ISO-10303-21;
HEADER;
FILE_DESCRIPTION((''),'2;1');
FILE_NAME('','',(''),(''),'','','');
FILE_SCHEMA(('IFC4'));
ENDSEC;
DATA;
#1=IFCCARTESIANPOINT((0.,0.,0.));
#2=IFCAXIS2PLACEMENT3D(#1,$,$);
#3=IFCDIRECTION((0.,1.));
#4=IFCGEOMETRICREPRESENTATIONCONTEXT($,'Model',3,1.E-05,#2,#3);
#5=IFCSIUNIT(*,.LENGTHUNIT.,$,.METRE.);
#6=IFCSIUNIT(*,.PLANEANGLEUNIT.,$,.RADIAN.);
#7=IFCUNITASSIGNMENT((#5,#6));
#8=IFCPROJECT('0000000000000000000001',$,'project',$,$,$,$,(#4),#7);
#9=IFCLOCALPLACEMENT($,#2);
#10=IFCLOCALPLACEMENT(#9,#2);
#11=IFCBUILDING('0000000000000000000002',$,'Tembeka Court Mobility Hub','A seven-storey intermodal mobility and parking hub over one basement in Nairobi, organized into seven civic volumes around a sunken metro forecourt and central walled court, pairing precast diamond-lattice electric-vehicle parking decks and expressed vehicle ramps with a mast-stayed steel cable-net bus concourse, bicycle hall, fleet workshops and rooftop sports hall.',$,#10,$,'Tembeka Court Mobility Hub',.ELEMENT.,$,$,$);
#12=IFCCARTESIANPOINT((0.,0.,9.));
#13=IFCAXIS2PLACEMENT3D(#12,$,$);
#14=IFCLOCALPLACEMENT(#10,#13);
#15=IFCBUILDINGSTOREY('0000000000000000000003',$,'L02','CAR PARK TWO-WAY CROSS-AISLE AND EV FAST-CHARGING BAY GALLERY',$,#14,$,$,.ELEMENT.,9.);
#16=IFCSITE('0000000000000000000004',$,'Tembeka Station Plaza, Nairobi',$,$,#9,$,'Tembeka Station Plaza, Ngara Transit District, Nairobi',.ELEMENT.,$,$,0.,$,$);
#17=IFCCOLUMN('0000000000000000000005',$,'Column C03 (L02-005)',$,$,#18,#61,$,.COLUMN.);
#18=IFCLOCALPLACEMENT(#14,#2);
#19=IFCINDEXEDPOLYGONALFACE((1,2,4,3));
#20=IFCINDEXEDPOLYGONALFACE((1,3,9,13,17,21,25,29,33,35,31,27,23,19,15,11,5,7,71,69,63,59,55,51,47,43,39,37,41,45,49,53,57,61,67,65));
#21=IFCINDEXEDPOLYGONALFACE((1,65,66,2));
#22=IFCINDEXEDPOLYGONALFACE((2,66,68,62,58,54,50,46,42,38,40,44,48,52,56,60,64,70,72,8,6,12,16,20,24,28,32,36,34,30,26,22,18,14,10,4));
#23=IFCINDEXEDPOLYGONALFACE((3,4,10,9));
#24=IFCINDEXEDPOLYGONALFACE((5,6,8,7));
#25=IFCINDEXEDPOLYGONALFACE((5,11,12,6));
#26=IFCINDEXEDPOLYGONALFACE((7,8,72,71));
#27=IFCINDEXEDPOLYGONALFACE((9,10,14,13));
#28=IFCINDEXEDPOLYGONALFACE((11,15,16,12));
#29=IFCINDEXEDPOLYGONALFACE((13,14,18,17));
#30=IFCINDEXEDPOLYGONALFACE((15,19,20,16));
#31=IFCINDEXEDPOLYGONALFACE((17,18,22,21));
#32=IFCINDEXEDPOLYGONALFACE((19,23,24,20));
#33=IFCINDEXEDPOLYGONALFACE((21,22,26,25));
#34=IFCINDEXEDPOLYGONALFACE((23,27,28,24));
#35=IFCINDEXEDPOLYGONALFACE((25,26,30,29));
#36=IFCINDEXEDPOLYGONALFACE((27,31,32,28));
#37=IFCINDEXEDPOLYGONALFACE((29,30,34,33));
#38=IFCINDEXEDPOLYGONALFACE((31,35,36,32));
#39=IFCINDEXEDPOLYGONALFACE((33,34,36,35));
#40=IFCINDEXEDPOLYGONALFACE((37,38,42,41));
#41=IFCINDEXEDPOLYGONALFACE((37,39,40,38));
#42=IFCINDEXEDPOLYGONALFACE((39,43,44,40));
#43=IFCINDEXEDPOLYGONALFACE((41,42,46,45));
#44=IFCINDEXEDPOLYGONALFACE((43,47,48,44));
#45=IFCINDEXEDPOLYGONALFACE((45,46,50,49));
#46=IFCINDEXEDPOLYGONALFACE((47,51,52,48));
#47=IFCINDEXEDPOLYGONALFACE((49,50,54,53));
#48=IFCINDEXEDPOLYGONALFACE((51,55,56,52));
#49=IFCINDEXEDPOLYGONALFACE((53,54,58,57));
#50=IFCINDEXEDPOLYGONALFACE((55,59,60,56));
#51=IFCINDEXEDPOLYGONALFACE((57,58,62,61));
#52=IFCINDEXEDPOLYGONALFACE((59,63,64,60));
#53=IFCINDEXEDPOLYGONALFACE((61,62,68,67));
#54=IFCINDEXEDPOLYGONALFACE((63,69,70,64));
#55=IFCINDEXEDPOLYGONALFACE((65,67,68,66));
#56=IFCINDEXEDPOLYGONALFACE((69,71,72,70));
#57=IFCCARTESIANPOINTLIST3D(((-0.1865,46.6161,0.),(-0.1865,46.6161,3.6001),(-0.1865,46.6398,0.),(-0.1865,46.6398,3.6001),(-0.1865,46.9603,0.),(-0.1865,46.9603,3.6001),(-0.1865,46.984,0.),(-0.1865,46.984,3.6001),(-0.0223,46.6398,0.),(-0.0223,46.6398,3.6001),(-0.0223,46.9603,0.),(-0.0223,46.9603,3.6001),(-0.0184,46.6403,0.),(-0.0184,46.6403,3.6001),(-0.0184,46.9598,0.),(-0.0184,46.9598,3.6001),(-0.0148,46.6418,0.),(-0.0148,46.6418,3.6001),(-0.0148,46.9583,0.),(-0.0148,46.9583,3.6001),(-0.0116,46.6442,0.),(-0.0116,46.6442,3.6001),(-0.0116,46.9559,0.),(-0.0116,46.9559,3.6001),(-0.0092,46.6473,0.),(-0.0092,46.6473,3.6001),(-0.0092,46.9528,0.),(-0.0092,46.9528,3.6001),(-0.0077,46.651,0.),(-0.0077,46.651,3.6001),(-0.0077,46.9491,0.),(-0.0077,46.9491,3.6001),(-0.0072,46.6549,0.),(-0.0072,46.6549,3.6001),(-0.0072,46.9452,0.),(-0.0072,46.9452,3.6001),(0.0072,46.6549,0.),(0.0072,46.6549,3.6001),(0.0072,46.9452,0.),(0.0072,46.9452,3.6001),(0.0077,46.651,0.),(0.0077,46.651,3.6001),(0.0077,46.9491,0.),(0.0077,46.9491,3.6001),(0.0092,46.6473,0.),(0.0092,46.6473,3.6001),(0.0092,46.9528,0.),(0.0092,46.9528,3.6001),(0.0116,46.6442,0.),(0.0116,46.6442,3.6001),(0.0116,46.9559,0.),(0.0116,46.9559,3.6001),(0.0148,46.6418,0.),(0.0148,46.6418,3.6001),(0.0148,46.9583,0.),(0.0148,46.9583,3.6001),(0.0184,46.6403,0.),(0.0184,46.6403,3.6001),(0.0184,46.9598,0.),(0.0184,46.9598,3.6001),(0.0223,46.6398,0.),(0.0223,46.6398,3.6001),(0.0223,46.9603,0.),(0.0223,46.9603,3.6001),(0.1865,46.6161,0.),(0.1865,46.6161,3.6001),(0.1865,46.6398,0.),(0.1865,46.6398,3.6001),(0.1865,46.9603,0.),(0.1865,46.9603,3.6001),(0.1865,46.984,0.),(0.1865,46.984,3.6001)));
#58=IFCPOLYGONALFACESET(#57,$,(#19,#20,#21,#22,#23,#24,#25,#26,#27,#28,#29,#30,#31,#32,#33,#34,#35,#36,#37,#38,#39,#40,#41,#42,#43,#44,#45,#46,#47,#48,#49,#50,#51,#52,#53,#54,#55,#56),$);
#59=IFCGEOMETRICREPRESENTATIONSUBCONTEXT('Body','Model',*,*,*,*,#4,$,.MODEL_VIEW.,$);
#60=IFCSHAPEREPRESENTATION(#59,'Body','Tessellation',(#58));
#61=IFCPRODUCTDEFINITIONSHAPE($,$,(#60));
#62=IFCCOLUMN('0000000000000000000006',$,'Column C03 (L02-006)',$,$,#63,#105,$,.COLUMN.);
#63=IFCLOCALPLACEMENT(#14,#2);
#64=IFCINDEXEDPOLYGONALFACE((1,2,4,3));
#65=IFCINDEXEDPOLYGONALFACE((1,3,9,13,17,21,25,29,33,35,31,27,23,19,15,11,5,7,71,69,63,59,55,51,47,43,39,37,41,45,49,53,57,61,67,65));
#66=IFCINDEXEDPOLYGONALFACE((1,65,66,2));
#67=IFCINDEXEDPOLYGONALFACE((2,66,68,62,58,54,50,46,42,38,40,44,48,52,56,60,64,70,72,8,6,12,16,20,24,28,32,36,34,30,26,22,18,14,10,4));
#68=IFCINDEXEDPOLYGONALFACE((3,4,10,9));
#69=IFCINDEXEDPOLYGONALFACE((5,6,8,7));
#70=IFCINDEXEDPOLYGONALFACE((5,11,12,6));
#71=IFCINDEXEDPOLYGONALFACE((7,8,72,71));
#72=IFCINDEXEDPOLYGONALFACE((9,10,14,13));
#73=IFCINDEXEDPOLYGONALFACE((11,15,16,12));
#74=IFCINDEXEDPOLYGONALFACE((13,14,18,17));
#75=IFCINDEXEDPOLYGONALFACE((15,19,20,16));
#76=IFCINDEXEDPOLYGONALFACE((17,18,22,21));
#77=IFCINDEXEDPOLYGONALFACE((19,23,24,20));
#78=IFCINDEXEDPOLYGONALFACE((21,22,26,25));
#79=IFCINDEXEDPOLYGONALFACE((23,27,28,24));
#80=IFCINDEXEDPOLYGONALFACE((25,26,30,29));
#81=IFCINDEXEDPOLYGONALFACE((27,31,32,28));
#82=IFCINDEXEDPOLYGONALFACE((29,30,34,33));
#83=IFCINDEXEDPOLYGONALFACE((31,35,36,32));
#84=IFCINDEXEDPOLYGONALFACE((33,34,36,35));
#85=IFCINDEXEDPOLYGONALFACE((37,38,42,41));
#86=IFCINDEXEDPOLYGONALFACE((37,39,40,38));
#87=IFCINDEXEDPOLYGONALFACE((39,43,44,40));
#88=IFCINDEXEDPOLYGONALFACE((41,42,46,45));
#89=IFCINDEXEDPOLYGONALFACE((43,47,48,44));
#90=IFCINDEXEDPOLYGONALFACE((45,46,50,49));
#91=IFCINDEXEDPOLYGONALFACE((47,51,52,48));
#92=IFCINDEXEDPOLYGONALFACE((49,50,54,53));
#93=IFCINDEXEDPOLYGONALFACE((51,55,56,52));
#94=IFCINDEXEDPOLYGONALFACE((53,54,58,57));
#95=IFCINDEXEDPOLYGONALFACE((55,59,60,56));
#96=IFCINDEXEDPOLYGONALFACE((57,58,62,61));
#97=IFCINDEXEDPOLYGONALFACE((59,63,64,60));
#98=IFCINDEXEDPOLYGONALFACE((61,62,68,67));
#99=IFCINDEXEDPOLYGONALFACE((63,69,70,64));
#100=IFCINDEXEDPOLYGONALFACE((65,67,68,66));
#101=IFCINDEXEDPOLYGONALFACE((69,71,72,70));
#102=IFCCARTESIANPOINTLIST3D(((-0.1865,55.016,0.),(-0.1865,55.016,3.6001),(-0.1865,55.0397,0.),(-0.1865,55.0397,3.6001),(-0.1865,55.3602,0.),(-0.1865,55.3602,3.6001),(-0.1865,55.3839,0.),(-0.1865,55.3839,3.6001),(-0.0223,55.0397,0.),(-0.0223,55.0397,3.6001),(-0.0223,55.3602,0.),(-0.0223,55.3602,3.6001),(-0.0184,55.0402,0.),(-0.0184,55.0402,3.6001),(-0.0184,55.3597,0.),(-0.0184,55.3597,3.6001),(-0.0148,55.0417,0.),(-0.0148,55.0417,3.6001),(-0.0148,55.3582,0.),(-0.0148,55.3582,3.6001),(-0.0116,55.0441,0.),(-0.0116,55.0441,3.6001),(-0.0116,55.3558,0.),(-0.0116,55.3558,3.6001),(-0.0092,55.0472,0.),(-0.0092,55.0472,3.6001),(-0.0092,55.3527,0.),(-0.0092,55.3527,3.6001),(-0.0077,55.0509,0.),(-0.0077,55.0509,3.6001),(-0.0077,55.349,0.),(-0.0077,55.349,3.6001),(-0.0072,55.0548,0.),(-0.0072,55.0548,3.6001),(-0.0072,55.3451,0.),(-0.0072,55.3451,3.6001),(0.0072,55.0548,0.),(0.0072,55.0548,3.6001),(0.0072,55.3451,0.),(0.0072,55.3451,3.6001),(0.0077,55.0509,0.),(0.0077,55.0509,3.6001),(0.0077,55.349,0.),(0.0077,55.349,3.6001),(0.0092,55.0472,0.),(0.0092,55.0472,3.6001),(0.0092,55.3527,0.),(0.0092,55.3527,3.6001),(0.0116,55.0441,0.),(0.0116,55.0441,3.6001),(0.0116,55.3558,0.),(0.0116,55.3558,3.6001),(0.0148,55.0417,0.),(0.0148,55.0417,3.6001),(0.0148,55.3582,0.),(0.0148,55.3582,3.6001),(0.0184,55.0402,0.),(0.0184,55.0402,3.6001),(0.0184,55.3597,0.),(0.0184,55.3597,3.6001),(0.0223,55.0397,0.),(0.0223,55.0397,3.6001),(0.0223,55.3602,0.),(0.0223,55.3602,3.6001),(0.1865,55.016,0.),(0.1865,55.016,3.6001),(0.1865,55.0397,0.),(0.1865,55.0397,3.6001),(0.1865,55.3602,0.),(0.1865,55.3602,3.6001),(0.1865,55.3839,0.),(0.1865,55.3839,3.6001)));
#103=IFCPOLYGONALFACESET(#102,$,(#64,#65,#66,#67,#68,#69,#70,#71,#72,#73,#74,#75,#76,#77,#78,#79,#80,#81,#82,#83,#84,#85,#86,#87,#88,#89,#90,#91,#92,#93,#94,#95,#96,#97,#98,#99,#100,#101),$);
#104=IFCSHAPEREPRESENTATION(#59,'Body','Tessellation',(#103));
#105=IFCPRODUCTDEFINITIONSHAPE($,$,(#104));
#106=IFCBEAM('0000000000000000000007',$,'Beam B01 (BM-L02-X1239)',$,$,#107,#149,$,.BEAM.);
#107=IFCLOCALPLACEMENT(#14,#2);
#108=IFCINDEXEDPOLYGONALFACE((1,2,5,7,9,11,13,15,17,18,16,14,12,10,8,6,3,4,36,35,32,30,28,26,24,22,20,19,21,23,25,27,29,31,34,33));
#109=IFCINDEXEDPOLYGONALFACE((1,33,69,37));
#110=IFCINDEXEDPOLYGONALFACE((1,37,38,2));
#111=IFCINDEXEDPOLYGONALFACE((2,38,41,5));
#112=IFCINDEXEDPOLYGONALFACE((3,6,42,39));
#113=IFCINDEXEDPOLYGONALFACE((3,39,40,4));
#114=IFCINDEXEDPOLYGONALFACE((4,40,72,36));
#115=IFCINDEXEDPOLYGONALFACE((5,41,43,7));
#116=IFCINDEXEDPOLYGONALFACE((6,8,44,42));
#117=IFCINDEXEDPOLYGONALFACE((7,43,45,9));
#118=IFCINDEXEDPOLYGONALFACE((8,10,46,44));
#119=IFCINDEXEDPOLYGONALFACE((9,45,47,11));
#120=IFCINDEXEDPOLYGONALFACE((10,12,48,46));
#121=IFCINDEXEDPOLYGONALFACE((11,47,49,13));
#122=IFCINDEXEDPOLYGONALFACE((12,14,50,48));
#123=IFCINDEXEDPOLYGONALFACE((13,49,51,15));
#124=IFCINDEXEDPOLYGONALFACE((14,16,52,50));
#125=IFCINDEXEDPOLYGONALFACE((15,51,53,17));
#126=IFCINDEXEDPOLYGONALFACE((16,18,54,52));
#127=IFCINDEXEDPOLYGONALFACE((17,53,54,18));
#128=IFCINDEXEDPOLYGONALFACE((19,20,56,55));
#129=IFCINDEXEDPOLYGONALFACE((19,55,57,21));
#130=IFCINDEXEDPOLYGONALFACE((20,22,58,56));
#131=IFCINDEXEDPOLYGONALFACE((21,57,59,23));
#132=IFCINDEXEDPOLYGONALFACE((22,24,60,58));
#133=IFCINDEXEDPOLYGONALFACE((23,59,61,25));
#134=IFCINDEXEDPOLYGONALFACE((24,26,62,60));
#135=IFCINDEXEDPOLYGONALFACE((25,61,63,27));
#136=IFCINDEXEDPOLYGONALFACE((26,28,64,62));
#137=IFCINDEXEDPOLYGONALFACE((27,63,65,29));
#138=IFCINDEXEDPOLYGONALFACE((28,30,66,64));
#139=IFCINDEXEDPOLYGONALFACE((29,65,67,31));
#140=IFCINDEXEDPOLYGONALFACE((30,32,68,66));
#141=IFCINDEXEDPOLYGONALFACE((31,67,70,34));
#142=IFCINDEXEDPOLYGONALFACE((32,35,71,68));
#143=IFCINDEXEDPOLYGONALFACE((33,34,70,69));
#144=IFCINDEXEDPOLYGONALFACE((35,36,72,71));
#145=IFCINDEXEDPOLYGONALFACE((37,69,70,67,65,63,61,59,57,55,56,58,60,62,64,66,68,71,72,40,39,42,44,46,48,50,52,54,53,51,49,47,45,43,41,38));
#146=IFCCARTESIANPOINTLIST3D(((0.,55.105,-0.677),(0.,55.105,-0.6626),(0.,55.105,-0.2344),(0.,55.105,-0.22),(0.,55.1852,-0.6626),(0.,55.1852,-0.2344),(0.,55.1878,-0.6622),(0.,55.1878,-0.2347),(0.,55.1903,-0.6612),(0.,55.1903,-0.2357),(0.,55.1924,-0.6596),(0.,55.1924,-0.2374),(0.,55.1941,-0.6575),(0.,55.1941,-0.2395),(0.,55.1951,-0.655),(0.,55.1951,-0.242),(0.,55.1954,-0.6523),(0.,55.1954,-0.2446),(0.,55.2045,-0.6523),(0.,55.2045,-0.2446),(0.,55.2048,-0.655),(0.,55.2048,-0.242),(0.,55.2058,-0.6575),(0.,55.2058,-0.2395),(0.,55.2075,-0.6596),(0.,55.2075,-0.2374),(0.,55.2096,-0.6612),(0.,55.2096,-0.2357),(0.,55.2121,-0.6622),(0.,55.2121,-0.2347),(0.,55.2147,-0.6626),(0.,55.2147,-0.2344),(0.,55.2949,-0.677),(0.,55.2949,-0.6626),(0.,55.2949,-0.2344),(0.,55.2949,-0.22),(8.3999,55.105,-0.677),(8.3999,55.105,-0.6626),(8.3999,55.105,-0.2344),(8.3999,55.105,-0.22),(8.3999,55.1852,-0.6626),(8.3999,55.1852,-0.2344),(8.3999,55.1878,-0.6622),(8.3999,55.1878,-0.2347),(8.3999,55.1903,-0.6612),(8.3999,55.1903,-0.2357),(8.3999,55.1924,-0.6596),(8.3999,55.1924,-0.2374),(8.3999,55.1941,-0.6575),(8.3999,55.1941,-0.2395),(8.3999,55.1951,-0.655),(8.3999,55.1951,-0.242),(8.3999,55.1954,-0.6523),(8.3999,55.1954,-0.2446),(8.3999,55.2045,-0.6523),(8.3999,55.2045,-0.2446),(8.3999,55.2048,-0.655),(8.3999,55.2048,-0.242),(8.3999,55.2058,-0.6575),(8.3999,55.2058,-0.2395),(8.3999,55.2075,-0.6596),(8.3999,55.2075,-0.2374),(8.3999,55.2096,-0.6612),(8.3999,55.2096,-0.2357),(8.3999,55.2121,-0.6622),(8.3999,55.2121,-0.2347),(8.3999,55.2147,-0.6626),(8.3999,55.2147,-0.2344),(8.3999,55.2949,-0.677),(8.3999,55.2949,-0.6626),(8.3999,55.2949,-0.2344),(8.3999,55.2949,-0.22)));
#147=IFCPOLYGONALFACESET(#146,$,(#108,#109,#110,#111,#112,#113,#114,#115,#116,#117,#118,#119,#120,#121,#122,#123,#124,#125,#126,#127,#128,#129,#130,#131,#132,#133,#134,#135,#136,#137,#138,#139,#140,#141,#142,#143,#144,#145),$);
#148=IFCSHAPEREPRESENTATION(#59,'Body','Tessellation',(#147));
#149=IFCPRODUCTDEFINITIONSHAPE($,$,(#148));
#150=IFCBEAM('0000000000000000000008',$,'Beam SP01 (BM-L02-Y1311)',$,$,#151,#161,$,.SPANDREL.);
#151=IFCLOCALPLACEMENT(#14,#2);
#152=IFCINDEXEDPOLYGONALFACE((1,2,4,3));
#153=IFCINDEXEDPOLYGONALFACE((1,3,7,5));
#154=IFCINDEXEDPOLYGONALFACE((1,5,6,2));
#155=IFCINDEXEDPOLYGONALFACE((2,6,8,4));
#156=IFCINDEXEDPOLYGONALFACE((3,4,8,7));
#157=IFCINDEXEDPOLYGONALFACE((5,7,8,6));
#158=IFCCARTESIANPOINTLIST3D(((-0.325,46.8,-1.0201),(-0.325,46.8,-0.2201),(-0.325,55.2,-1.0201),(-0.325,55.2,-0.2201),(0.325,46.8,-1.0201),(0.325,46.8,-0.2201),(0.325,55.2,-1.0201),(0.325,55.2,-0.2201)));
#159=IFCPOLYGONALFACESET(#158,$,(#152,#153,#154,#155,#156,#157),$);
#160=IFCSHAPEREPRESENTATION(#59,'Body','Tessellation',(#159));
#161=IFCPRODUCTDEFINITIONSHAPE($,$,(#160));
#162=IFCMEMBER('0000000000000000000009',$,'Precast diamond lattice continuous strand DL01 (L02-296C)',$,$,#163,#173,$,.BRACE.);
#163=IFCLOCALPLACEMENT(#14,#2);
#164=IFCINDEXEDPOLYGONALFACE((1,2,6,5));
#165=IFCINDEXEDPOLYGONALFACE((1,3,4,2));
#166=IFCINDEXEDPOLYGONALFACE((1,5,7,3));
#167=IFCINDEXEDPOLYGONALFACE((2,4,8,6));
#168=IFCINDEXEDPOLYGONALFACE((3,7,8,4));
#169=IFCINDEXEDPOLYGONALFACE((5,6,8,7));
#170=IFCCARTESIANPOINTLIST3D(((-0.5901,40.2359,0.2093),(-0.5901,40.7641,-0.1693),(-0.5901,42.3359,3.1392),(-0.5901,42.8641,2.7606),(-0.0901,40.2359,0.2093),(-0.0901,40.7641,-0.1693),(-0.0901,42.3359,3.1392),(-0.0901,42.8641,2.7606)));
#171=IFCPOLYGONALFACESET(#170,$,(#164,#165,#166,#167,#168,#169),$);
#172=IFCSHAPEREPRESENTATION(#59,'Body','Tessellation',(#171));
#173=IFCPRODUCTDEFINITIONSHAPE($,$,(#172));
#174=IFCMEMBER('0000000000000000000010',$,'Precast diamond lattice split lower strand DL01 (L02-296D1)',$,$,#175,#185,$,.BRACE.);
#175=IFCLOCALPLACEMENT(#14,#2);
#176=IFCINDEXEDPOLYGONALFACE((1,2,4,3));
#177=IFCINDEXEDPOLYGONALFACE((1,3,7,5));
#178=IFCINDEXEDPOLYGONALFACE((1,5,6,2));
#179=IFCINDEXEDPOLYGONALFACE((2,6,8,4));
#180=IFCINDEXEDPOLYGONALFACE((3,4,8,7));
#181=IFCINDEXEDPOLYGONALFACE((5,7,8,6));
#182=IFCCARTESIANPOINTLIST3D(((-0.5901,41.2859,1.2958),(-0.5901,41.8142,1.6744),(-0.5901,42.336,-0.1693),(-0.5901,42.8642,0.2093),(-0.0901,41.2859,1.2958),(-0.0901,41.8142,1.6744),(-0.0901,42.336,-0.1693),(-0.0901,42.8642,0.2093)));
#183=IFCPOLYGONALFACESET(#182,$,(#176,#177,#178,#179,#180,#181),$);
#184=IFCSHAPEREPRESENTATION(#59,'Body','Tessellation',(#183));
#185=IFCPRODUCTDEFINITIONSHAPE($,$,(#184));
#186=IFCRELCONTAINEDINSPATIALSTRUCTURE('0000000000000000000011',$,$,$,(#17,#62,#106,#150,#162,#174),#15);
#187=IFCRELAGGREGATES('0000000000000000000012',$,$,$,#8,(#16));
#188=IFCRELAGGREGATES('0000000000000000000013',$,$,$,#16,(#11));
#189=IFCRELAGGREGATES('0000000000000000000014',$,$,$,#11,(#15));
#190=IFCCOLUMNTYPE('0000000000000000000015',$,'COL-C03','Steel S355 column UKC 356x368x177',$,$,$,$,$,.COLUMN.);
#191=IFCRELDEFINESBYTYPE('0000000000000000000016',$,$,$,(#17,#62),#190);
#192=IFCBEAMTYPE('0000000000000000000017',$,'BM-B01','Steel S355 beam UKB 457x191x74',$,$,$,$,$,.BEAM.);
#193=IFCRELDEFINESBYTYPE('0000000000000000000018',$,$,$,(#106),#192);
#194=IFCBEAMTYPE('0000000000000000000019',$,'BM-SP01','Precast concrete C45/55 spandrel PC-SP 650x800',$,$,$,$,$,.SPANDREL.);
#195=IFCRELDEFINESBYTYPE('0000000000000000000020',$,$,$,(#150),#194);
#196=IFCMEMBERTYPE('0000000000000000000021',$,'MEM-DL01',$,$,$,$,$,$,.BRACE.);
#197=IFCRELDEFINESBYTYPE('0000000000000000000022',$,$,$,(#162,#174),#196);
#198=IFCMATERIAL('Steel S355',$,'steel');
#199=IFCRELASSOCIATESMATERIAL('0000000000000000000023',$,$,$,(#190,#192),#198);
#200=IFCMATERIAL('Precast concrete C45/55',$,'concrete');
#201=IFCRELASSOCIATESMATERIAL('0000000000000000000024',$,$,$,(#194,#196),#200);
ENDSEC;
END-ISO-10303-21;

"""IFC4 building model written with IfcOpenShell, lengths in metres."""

from ifc_helpers import new_model, si_unit, direction, frame, origin, origin_2d, place, context, subcontext, project, spatial, rectangle, i_section, extrude, material, material_profile, profile_set, type_object, element, save


model = new_model("IFC4")

# Units and contexts
model_context = context("Model", 3, precision=1e-05, world=origin(), true_north=direction((0.0, 1.0)))
body_context = subcontext(model_context, "Body", "Model", "MODEL_VIEW")
ifc_project = project(units=[si_unit("LENGTHUNIT", "METRE"), si_unit("PLANEANGLEUNIT", "RADIAN")], contexts=[model_context])

# Site, building, storey
site_placement = place(None, origin())
site = spatial("IfcSite", under=ifc_project, at=site_placement, Name="Tembeka Station Plaza, Nairobi", LongName="Tembeka Station Plaza, Ngara Transit District, Nairobi", CompositionType="ELEMENT", RefElevation=0.0)
building_placement = place(site_placement, origin())
building = spatial("IfcBuilding", under=site, at=building_placement, Name="Tembeka Court Mobility Hub", Description="A seven-storey intermodal mobility and parking hub over one basement in Nairobi, organized into seven civic volumes around a sunken metro forecourt and central walled court, pairing precast diamond-lattice electric-vehicle parking decks and expressed vehicle ramps with a mast-stayed steel cable-net bus concourse, bicycle hall, fleet workshops and rooftop sports hall.", LongName="Tembeka Court Mobility Hub", CompositionType="ELEMENT")
storey_placement = place(building_placement, frame((0.0, 0.0, 9.0)))
storey = spatial("IfcBuildingStorey", under=building, at=storey_placement, Name="L02", Description="CAR PARK TWO-WAY CROSS-AISLE AND EV FAST-CHARGING BAY GALLERY", CompositionType="ELEMENT", Elevation=9.0)

# Columns
ifc_material_1 = material(Name="Steel S355", Category="steel")
ifc_material_profile_1 = material_profile(ifc_material_1, i_section(OverallWidth=0.373, OverallDepth=0.3679, WebThickness=0.0144, FlangeThickness=0.0237, FilletRadius=0.0151, at=origin_2d()), Name="UKC 356x368x177")
ifc_profile_set_1 = profile_set([ifc_material_profile_1], Name="Steel S355")
column_type = type_object("IfcColumnType", Name="COL-C03", Description="Steel S355 column UKC 356x368x177", PredefinedType="COLUMN", material=ifc_profile_set_1)
for number, where, z_axis, x_axis, name in (
    (1, (0.0, 46.8, 0.0), (0.0, 0.0, 1.0), (1.0, 0.0, 0.0), "Column C03 (L02-005)"),
    (2, (0.0, 55.2, 0.0), (0.0, 0.0, 1.0), (1.0, 0.0, 0.0), "Column C03 (L02-006)"),
):
    element("IfcColumn", number, at=place(storey_placement, frame(where, z_axis=z_axis, x_axis=x_axis)), inside=storey, type_object=column_type, Name=name, PredefinedType="COLUMN", context=body_context, shape_type="SweptSolid", body=[
        extrude(i_section(OverallWidth=0.373, OverallDepth=0.3679, WebThickness=0.0144, FlangeThickness=0.0237, FilletRadius=0.0151, at=origin_2d()), origin(), (0.0, 0.0, 1.0), 3.6001),
    ])

# Beams
ifc_material_profile_2 = material_profile(ifc_material_1, i_section(OverallWidth=0.1899, OverallDepth=0.457, WebThickness=0.009, FlangeThickness=0.0144, FilletRadius=0.0103, at=origin_2d()), Name="UKB 457x191x74")
ifc_profile_set_2 = profile_set([ifc_material_profile_2], Name="Steel S355")
beam_type_1 = type_object("IfcBeamType", Name="BM-B01", Description="Steel S355 beam UKB 457x191x74", PredefinedType="BEAM", material=ifc_profile_set_2)
beam_1_placement = place(storey_placement, frame((0.0, 55.2, -0.4485), z_axis=(1.0, 0.0, 0.0), x_axis=(0.0, 1.0, 0.0)))
element("IfcBeam", 3, at=beam_1_placement, inside=storey, type_object=beam_type_1, Name="Beam B01 (BM-L02-X1239)", PredefinedType="BEAM", context=body_context, shape_type="SweptSolid", body=[
    extrude(i_section(OverallWidth=0.1899, OverallDepth=0.457, WebThickness=0.009, FlangeThickness=0.0144, FilletRadius=0.0103, at=origin_2d()), origin(), (0.0, 0.0, 1.0), 8.3999),
])
ifc_material_2 = material(Name="Precast concrete C45/55", Category="concrete")
ifc_material_profile_3 = material_profile(ifc_material_2, rectangle(XDim=0.6499, YDim=0.8, at=origin_2d()), Name="PC-SP 650x800")
ifc_profile_set_3 = profile_set([ifc_material_profile_3], Name="Precast concrete C45/55")
beam_type_2 = type_object("IfcBeamType", Name="BM-SP01", Description="Precast concrete C45/55 spandrel PC-SP 650x800", PredefinedType="SPANDREL", material=ifc_profile_set_3)
beam_2_placement = place(storey_placement, frame((0.0, 46.8, -0.6201), z_axis=(0.0, 1.0, 0.0), x_axis=(-1.0, 0.0, 0.0)))
element("IfcBeam", 4, at=beam_2_placement, inside=storey, type_object=beam_type_2, Name="Beam SP01 (BM-L02-Y1311)", PredefinedType="SPANDREL", context=body_context, shape_type="SweptSolid", body=[
    extrude(rectangle(XDim=0.6499, YDim=0.8, at=origin_2d()), origin(), (0.0, 0.0, 1.0), 8.3999),
])

# Members
ifc_material_profile_4 = material_profile(ifc_material_2, rectangle(XDim=0.5, YDim=0.6499, at=origin_2d()), Name="PC-DIAG 500x650")
ifc_profile_set_4 = profile_set([ifc_material_profile_4], Name="Precast concrete C45/55")
member_type_1 = type_object("IfcMemberType", Name="MEM-DL01", PredefinedType="BRACE", material=ifc_profile_set_4)
member_1_placement = place(storey_placement, frame((-0.3401, 40.5, 0.02), z_axis=(0.0, 0.582576, 0.812776), x_axis=(-1.0, 0.0, 0.0)))
element("IfcMember", 5, at=member_1_placement, inside=storey, type_object=member_type_1, Name="Precast diamond lattice continuous strand DL01 (L02-296C)", PredefinedType="BRACE", context=body_context, shape_type="SweptSolid", body=[
    extrude(rectangle(XDim=0.5, YDim=0.6499, at=origin_2d()), origin(), (0.0, 0.0, 1.0), 3.6047),
])
member_2_placement = place(storey_placement, frame((-0.3401, 42.6001, 0.02), z_axis=(0.0, -0.582544, 0.812799), x_axis=(1.0, 0.0, 0.0)))
element("IfcMember", 6, at=member_2_placement, inside=storey, type_object=member_type_1, Name="Precast diamond lattice split lower strand DL01 (L02-296D1)", PredefinedType="BRACE", context=body_context, shape_type="SweptSolid", body=[
    extrude(rectangle(XDim=0.5, YDim=0.6499, at=origin_2d()), origin(), (0.0, 0.0, 1.0), 1.8025),
])

save(model, "model.ifc")
